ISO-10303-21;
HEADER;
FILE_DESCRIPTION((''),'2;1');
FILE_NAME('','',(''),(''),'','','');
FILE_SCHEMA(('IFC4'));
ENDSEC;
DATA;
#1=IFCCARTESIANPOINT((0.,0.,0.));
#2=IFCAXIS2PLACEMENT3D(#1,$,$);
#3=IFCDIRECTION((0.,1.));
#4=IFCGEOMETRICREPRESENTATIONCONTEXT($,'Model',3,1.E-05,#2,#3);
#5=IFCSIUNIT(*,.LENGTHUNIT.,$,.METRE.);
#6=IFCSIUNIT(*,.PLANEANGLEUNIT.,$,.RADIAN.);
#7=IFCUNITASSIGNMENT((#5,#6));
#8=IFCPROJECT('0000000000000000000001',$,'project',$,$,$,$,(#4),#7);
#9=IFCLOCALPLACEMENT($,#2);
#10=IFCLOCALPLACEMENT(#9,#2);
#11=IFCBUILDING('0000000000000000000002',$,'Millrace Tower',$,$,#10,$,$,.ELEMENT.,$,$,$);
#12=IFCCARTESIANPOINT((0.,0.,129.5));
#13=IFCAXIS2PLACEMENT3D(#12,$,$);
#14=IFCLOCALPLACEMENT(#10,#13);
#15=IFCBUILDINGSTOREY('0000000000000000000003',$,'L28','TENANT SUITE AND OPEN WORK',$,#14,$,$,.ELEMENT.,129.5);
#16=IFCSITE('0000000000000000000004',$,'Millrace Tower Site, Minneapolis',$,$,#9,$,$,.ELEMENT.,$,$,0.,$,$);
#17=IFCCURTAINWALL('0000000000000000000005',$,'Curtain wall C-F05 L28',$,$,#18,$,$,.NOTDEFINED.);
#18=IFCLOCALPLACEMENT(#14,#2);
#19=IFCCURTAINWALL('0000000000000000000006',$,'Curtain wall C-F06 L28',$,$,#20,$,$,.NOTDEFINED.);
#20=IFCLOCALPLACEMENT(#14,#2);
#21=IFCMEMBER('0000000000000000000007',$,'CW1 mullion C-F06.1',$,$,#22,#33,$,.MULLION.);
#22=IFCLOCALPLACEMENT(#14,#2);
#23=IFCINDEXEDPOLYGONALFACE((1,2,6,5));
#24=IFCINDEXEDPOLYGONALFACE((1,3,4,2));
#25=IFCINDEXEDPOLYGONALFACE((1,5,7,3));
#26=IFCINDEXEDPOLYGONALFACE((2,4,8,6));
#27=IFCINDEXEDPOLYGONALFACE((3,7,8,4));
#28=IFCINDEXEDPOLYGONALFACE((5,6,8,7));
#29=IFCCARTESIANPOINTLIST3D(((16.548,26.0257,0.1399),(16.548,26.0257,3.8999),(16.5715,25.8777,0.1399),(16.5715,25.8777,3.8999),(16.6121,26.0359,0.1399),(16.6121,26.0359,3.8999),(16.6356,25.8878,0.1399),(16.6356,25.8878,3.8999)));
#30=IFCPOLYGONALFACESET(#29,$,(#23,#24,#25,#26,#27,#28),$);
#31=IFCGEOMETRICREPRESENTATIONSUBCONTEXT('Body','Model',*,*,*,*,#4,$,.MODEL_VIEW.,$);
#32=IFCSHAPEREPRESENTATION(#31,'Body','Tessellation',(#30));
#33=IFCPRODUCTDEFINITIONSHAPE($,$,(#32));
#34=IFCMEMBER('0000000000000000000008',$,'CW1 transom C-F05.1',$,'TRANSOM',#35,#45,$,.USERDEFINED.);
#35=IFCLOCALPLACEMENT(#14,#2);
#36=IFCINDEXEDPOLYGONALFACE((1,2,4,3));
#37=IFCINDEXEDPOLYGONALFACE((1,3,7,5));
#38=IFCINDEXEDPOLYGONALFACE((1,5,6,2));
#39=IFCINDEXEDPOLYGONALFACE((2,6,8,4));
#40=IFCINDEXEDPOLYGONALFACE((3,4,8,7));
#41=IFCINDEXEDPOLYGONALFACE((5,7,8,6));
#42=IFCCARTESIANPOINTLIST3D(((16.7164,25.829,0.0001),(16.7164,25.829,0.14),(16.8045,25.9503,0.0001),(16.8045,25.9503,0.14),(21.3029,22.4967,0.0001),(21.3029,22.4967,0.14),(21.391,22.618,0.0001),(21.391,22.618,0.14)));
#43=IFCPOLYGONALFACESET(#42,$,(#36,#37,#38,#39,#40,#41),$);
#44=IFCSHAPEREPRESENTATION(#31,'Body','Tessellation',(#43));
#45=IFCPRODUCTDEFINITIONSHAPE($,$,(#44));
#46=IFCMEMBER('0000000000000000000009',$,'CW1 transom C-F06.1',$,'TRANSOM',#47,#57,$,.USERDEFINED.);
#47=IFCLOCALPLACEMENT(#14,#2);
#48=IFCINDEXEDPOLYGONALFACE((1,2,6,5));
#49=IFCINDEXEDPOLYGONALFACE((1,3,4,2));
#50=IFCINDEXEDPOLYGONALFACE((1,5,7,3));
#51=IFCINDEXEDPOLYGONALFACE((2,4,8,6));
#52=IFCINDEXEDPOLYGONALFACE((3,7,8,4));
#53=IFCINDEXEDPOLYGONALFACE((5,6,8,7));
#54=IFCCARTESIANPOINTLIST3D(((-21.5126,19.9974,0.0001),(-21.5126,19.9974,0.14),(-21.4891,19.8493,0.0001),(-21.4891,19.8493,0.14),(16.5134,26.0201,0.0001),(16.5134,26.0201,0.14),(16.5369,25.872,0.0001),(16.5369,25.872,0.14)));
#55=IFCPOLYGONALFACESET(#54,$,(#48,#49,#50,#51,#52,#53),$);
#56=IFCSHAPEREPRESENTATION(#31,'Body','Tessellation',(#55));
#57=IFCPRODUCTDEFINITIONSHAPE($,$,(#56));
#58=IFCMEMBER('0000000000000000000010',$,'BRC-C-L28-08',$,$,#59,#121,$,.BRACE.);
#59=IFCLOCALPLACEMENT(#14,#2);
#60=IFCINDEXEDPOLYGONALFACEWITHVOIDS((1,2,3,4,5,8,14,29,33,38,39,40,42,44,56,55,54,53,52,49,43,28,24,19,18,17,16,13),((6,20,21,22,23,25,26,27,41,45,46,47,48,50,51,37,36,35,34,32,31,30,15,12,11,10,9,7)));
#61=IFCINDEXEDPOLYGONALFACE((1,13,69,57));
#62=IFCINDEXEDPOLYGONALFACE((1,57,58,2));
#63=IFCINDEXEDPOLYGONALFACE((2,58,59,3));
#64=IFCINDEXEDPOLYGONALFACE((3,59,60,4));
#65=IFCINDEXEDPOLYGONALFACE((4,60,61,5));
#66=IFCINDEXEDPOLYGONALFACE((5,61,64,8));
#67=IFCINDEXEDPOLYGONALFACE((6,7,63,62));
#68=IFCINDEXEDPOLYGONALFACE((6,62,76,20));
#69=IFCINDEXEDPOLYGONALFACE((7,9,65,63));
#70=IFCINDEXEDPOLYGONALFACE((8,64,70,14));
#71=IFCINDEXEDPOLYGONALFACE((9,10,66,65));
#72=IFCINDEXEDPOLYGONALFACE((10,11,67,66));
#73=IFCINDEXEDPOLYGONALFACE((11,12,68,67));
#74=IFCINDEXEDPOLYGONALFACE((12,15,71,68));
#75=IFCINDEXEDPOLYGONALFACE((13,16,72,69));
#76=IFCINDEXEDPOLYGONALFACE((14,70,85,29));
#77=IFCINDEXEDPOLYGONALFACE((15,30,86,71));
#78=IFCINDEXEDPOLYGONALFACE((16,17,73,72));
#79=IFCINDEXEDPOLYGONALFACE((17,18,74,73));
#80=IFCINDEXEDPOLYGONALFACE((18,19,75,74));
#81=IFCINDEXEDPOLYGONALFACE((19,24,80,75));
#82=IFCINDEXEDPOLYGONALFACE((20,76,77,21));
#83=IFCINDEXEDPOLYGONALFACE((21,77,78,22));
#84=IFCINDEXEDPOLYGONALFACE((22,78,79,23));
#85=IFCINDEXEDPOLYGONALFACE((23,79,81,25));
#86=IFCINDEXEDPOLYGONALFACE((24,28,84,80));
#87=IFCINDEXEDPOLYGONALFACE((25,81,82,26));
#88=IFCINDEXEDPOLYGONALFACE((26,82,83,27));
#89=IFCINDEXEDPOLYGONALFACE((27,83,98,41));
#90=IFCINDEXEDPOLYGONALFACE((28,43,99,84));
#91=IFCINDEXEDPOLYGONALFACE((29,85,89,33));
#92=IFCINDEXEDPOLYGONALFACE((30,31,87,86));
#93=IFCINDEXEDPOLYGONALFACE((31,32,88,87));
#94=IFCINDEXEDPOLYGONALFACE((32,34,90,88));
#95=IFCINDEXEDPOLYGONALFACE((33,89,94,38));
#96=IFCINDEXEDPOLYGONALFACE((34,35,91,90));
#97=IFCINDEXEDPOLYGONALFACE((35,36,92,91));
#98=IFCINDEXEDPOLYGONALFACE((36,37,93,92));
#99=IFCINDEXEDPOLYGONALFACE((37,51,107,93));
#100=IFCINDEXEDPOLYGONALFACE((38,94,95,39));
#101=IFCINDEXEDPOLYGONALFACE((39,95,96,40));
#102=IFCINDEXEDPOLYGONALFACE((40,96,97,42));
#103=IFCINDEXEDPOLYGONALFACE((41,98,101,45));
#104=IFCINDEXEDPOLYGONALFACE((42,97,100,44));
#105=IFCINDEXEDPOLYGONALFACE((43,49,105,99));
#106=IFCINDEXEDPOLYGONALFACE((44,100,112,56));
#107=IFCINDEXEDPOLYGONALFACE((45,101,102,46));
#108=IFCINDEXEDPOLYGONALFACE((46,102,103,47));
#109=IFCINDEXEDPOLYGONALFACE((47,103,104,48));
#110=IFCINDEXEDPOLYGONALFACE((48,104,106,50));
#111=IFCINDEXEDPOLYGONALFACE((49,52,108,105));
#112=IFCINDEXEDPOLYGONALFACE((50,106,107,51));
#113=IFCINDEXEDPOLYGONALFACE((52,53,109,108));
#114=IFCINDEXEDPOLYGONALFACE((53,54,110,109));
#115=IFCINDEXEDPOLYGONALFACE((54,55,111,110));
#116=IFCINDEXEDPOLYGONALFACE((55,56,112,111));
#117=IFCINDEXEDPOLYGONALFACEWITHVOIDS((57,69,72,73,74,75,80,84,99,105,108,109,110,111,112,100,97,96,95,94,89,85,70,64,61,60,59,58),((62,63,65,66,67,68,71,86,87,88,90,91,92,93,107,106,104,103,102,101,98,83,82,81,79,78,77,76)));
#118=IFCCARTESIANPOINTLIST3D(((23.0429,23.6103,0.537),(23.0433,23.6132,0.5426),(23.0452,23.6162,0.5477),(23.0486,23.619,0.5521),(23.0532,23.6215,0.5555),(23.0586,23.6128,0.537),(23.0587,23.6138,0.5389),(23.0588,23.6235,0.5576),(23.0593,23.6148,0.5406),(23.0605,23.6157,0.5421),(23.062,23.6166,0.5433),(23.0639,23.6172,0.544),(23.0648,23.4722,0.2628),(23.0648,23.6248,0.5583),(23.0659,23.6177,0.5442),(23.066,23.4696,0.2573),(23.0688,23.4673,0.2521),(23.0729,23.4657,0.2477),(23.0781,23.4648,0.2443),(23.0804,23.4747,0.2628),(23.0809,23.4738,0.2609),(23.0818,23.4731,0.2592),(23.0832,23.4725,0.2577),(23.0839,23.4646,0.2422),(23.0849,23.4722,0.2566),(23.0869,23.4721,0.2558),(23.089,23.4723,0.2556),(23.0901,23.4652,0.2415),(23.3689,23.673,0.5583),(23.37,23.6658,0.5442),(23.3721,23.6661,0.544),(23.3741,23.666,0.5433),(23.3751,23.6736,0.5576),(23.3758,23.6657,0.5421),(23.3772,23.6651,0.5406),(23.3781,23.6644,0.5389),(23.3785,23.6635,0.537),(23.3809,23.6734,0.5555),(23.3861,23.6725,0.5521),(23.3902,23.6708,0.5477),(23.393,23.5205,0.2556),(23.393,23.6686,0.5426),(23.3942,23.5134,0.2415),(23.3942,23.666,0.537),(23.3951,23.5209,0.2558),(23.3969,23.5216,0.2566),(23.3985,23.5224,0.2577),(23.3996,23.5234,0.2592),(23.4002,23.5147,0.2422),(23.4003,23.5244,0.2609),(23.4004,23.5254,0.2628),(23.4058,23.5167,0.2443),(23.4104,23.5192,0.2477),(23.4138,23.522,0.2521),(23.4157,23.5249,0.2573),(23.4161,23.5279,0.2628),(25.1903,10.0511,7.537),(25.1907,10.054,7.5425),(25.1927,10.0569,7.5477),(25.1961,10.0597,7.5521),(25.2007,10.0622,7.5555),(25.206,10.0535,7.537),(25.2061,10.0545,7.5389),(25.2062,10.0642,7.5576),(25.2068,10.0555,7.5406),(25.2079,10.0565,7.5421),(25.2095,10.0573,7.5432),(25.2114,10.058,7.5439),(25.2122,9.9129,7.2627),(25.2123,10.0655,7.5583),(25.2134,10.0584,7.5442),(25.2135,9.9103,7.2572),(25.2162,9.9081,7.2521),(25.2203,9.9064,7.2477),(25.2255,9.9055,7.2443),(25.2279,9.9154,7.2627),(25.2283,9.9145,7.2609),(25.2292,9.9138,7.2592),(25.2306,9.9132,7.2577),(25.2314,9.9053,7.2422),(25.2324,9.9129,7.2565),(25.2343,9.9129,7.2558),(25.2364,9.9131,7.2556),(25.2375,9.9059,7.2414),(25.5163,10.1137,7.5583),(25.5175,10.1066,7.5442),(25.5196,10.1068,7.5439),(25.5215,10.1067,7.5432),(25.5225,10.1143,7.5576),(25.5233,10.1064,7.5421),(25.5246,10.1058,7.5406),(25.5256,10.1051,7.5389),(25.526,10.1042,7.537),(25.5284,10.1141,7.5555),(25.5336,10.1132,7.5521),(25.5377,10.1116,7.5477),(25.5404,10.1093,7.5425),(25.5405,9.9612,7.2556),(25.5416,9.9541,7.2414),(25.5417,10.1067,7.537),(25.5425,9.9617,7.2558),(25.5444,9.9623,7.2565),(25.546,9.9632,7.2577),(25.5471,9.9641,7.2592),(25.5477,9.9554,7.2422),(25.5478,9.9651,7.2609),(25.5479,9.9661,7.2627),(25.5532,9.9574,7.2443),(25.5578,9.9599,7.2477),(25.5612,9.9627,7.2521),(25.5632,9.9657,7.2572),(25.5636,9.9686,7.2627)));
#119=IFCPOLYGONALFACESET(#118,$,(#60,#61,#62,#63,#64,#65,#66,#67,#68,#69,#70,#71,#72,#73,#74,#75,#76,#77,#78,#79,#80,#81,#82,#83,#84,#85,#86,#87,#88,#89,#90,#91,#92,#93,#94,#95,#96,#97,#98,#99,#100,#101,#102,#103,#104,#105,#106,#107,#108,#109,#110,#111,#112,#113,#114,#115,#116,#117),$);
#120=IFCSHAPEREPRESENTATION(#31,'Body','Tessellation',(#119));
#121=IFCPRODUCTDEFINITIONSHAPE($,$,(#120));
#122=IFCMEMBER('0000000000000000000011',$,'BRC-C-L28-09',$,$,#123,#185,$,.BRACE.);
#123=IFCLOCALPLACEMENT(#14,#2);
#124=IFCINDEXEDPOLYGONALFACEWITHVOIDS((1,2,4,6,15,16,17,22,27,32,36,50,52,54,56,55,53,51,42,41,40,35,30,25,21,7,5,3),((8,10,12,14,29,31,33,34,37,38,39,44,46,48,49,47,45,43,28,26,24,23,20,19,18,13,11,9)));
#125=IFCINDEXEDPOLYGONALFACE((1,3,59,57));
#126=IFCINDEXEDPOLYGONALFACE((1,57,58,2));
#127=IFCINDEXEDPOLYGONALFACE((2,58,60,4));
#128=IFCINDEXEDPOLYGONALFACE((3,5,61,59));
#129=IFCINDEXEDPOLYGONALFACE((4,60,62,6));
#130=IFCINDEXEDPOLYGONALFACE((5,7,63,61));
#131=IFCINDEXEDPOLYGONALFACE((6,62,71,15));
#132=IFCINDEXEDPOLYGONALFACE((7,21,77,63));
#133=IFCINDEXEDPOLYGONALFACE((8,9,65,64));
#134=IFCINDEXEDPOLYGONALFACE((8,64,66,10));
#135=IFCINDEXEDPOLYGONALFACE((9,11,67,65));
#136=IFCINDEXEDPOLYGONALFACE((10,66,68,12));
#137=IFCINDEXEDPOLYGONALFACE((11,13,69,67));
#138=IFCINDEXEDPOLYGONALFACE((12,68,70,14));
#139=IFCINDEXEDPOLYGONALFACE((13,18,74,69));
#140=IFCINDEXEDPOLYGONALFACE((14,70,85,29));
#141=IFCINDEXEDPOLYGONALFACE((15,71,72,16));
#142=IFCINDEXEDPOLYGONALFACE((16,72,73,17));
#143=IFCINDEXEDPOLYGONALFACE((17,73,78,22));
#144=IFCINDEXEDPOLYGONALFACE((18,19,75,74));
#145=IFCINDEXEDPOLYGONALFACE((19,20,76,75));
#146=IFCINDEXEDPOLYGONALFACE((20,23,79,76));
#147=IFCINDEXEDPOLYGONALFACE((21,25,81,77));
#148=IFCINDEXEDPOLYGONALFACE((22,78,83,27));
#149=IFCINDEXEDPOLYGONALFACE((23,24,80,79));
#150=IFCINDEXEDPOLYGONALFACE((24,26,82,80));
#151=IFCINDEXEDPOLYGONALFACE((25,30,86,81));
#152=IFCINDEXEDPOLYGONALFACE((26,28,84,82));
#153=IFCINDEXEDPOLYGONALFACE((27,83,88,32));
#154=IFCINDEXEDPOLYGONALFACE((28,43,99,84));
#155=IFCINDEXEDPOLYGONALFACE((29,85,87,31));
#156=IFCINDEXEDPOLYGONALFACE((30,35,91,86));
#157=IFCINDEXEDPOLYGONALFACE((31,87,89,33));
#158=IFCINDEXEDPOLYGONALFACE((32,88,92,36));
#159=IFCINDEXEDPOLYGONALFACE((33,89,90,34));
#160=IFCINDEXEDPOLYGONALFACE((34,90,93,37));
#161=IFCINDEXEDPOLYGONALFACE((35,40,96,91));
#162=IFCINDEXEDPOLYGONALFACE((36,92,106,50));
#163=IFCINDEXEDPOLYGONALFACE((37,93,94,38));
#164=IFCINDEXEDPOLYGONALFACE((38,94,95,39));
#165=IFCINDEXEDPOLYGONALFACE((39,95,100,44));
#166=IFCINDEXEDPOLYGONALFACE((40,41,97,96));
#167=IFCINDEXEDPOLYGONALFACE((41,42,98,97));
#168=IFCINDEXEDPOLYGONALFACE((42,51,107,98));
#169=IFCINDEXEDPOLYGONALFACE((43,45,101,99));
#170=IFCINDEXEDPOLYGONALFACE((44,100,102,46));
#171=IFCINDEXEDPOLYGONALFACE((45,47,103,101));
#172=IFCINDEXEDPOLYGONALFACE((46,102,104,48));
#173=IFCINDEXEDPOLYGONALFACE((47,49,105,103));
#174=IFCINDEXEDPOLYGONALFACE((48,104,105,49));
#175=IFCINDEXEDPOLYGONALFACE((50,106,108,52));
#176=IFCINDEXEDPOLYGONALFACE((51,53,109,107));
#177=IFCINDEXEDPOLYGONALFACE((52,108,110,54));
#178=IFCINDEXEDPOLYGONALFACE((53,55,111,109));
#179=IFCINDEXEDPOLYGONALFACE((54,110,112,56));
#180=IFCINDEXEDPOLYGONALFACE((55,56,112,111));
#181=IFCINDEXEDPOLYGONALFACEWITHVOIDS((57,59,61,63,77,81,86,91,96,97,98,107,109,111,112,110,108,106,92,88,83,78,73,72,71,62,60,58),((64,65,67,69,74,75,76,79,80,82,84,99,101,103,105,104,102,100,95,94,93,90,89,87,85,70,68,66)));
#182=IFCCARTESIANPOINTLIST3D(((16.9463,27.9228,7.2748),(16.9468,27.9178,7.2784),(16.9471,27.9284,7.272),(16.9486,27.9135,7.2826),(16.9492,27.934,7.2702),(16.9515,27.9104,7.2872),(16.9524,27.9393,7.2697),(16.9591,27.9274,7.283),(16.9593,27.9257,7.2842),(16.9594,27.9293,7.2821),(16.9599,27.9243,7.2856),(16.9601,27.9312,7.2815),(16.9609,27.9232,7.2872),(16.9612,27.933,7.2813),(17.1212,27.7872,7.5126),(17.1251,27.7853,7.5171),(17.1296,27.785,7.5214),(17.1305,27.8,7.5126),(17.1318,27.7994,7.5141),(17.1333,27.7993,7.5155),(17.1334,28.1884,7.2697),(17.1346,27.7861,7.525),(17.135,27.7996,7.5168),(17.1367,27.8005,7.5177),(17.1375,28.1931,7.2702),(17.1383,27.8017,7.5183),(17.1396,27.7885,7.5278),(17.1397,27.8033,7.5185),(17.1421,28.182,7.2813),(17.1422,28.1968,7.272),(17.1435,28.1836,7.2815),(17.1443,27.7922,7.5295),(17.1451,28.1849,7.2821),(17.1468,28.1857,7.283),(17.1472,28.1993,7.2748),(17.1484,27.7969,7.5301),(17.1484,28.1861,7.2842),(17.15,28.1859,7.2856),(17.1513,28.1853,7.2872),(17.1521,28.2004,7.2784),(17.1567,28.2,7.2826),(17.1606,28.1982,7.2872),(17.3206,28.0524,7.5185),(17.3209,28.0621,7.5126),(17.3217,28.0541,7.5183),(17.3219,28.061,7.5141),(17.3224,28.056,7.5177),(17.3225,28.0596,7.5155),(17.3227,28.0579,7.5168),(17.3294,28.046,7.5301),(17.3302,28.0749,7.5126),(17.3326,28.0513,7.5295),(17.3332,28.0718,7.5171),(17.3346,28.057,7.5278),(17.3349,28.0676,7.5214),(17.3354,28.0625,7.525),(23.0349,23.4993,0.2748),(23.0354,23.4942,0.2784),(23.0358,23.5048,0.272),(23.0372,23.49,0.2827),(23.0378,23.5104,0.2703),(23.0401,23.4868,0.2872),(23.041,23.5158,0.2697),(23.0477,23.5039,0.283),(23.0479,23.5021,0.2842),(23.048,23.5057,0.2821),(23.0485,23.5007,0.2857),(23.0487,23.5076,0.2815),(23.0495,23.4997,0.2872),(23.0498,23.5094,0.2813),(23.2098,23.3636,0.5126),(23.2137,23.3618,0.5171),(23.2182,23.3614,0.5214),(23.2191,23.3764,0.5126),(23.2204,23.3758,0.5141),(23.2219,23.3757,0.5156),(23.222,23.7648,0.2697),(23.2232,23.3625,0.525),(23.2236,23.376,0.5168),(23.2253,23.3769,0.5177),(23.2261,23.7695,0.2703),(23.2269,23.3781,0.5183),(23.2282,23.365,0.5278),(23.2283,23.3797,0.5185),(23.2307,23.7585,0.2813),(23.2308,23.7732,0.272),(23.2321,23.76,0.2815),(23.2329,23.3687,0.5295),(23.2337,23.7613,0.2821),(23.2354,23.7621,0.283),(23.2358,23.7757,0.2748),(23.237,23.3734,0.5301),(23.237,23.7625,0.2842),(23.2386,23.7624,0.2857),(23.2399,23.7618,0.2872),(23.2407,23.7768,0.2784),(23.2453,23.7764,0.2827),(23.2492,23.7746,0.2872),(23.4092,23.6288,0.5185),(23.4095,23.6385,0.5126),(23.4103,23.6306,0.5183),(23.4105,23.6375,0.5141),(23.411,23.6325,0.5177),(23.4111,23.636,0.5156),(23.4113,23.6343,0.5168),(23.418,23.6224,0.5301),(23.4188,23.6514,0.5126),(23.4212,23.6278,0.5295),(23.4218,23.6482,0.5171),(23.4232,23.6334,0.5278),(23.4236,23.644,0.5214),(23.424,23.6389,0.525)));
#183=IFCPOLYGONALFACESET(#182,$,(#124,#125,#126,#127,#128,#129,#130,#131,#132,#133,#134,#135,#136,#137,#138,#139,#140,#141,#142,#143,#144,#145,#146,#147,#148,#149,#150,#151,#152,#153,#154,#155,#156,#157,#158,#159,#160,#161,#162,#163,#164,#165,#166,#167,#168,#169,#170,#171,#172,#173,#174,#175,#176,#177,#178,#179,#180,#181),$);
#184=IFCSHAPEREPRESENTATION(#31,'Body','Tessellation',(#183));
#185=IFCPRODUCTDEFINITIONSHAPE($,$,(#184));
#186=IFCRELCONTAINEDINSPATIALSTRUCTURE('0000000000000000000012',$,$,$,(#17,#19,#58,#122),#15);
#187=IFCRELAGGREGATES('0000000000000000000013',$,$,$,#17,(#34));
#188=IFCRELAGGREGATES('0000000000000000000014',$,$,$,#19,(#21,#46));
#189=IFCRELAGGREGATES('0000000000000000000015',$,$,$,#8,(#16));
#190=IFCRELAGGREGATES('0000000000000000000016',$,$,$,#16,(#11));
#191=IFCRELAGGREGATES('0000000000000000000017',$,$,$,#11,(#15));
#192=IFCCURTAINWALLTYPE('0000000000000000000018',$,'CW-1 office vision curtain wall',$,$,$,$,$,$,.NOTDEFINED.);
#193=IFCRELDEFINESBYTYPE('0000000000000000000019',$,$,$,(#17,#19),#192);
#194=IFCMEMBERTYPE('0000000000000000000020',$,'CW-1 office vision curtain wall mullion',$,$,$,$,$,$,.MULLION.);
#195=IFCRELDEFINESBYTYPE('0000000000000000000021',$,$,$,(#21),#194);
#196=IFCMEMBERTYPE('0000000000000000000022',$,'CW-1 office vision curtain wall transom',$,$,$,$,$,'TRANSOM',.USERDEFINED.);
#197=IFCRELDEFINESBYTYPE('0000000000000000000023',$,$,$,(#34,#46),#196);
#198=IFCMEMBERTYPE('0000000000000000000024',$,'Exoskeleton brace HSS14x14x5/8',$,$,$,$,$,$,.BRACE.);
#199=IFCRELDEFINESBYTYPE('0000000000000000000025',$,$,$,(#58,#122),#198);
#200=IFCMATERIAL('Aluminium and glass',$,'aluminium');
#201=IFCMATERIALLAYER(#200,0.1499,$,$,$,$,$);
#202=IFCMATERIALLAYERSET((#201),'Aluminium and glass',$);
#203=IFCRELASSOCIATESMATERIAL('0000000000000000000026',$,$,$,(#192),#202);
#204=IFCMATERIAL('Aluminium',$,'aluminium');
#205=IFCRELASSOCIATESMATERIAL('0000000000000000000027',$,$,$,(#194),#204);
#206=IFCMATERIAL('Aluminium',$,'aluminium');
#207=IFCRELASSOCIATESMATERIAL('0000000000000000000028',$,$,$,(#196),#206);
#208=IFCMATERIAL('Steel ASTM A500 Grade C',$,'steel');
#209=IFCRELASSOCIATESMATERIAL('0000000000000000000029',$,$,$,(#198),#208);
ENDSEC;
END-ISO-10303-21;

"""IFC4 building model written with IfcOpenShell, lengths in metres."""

from ifc_helpers import new_model, si_unit, direction, frame, origin, origin_2d, place, context, subcontext, project, spatial, rectangle, hollow_rectangle, extrude, material, layer, layer_set, material_profile, profile_set, type_object, element, aggregate, save


model = new_model("IFC4")

# Units and contexts
model_context = context("Model", 3, precision=1e-05, world=origin(), true_north=direction((0.0, 1.0)))
body_context = subcontext(model_context, "Body", "Model", "MODEL_VIEW")
ifc_project = project(units=[si_unit("LENGTHUNIT", "METRE"), si_unit("PLANEANGLEUNIT", "RADIAN")], contexts=[model_context])

# Site, building, storey
site_placement = place(None, origin())
site = spatial("IfcSite", under=ifc_project, at=site_placement, Name="Millrace Tower Site, Minneapolis", CompositionType="ELEMENT", RefElevation=0.0)
building_placement = place(site_placement, origin())
building = spatial("IfcBuilding", under=site, at=building_placement, Name="Millrace Tower", CompositionType="ELEMENT")
storey_placement = place(building_placement, frame((0.0, 0.0, 129.5)))
storey = spatial("IfcBuildingStorey", under=building, at=storey_placement, Name="L28", Description="TENANT SUITE AND OPEN WORK", CompositionType="ELEMENT", Elevation=129.5)

# Shared definitions
ifc_material_1 = material(Name="Aluminium and glass", Category="aluminium")
ifc_layer_1 = layer(ifc_material_1, 0.1499)
ifc_layer_set_1 = layer_set([ifc_layer_1], Name="Aluminium and glass")
curtain_wall_type = type_object("IfcCurtainWallType", Name="CW-1 office vision curtain wall", PredefinedType="NOTDEFINED", material=ifc_layer_set_1)
placement = place(storey_placement, origin())
ifc_material_2 = material(Name="Aluminium", Category="aluminium")
ifc_material_profile_1 = material_profile(ifc_material_2, rectangle(XDim=0.0649, YDim=0.1499, at=origin_2d()))
ifc_profile_set_1 = profile_set([ifc_material_profile_1], Name="Aluminium")
member_type_1 = type_object("IfcMemberType", Name="CW-1 office vision curtain wall mullion", PredefinedType="MULLION", material=ifc_profile_set_1)

# Curtain walls, member
curtain_wall_1 = element("IfcCurtainWall", 1, at=placement, inside=storey, type_object=curtain_wall_type, Name="Curtain wall C-F05 L28", PredefinedType="NOTDEFINED")
curtain_wall_2 = element("IfcCurtainWall", 2, at=placement, inside=storey, type_object=curtain_wall_type, Name="Curtain wall C-F06 L28", PredefinedType="NOTDEFINED")
member_1_placement = place(storey_placement, frame((16.5918, 25.9568, 0.1399), z_axis=(0.0, 0.0, 1.0), x_axis=(-0.987688, -0.156434, 0.0)))
member_1 = element("IfcMember", 3, at=member_1_placement, type_object=member_type_1, Name="CW1 mullion C-F06.1", PredefinedType="MULLION", context=body_context, shape_type="SweptSolid", body=[
    extrude(rectangle(XDim=0.0649, YDim=0.1499, at=origin_2d()), origin(), (0.0, 0.0, 1.0), 3.76),
])

# Members
ifc_material_3 = material(Name="Aluminium", Category="aluminium")
ifc_material_profile_2 = material_profile(ifc_material_3, rectangle(XDim=0.1499, YDim=0.1399, at=origin_2d()))
ifc_profile_set_2 = profile_set([ifc_material_profile_2], Name="Aluminium")
member_type_2 = type_object("IfcMemberType", Name="CW-1 office vision curtain wall transom", ElementType="TRANSOM", PredefinedType="USERDEFINED", material=ifc_profile_set_2)
member_2_placement = place(storey_placement, frame((21.3469, 22.5574, 0.0701), z_axis=(-0.809013, 0.58779, 0.0), x_axis=(-0.58779, -0.809013, 0.0)))
member_2 = element("IfcMember", 4, at=member_2_placement, type_object=member_type_2, Name="CW1 transom C-F05.1", ObjectType="TRANSOM", PredefinedType="USERDEFINED", context=body_context, shape_type="SweptSolid", body=[
    extrude(rectangle(XDim=0.1499, YDim=0.1399, at=origin_2d()), origin(), (0.0, 0.0, 1.0), 5.6692),
])
aggregate(curtain_wall_1, [member_2])
member_3_placement = place(storey_placement, frame((16.5251, 25.946, 0.0701), z_axis=(-0.987689, -0.156433, 0.0), x_axis=(0.156433, -0.987689, 0.0)))
member_3 = element("IfcMember", 5, at=member_3_placement, type_object=member_type_2, Name="CW1 transom C-F06.1", ObjectType="TRANSOM", PredefinedType="USERDEFINED", context=body_context, shape_type="SweptSolid", body=[
    extrude(rectangle(XDim=0.1499, YDim=0.1399, at=origin_2d()), origin(), (0.0, 0.0, 1.0), 38.5),
])
aggregate(curtain_wall_2, [member_1, member_3])

# Members
ifc_material_4 = material(Name="Steel ASTM A500 Grade C", Category="steel")
ifc_material_profile_3 = material_profile(ifc_material_4, hollow_rectangle(XDim=0.3557, YDim=0.3557, WallThickness=0.0159, InnerFilletRadius=0.0081, OuterFilletRadius=0.0239, at=origin_2d()))
ifc_profile_set_3 = profile_set([ifc_material_profile_3], Name="Steel ASTM A500 Grade C")
member_type_3 = type_object("IfcMemberType", Name="Exoskeleton brace HSS14x14x5/8", PredefinedType="BRACE", material=ifc_profile_set_3)
member_4_placement = place(storey_placement, frame((23.2295, 23.5691, 0.3999), z_axis=(0.139355, -0.879907, 0.454252), x_axis=(0.98769, 0.156426, 0.0)))
element("IfcMember", 6, at=member_4_placement, inside=storey, type_object=member_type_3, Name="BRC-C-L28-08", PredefinedType="BRACE", context=body_context, shape_type="SweptSolid", body=[
    extrude(hollow_rectangle(XDim=0.3557, YDim=0.3557, WallThickness=0.0159, InnerFilletRadius=0.0081, OuterFilletRadius=0.0239, at=origin_2d()), origin(), (0.0, 0.0, 1.0), 15.4099),
])
member_5_placement = place(storey_placement, frame((23.2295, 23.5691, 0.3999), z_axis=(-0.592388, 0.430389, 0.681059), x_axis=(-0.58778, -0.809021, 0.0)))
element("IfcMember", 7, at=member_5_placement, inside=storey, type_object=member_type_3, Name="BRC-C-L28-09", PredefinedType="BRACE", context=body_context, shape_type="SweptSolid", body=[
    extrude(hollow_rectangle(XDim=0.3557, YDim=0.3557, WallThickness=0.0159, InnerFilletRadius=0.0081, OuterFilletRadius=0.0239, at=origin_2d()), origin(), (0.0, 0.0, 1.0), 10.2781),
])

save(model, "model.ifc")
